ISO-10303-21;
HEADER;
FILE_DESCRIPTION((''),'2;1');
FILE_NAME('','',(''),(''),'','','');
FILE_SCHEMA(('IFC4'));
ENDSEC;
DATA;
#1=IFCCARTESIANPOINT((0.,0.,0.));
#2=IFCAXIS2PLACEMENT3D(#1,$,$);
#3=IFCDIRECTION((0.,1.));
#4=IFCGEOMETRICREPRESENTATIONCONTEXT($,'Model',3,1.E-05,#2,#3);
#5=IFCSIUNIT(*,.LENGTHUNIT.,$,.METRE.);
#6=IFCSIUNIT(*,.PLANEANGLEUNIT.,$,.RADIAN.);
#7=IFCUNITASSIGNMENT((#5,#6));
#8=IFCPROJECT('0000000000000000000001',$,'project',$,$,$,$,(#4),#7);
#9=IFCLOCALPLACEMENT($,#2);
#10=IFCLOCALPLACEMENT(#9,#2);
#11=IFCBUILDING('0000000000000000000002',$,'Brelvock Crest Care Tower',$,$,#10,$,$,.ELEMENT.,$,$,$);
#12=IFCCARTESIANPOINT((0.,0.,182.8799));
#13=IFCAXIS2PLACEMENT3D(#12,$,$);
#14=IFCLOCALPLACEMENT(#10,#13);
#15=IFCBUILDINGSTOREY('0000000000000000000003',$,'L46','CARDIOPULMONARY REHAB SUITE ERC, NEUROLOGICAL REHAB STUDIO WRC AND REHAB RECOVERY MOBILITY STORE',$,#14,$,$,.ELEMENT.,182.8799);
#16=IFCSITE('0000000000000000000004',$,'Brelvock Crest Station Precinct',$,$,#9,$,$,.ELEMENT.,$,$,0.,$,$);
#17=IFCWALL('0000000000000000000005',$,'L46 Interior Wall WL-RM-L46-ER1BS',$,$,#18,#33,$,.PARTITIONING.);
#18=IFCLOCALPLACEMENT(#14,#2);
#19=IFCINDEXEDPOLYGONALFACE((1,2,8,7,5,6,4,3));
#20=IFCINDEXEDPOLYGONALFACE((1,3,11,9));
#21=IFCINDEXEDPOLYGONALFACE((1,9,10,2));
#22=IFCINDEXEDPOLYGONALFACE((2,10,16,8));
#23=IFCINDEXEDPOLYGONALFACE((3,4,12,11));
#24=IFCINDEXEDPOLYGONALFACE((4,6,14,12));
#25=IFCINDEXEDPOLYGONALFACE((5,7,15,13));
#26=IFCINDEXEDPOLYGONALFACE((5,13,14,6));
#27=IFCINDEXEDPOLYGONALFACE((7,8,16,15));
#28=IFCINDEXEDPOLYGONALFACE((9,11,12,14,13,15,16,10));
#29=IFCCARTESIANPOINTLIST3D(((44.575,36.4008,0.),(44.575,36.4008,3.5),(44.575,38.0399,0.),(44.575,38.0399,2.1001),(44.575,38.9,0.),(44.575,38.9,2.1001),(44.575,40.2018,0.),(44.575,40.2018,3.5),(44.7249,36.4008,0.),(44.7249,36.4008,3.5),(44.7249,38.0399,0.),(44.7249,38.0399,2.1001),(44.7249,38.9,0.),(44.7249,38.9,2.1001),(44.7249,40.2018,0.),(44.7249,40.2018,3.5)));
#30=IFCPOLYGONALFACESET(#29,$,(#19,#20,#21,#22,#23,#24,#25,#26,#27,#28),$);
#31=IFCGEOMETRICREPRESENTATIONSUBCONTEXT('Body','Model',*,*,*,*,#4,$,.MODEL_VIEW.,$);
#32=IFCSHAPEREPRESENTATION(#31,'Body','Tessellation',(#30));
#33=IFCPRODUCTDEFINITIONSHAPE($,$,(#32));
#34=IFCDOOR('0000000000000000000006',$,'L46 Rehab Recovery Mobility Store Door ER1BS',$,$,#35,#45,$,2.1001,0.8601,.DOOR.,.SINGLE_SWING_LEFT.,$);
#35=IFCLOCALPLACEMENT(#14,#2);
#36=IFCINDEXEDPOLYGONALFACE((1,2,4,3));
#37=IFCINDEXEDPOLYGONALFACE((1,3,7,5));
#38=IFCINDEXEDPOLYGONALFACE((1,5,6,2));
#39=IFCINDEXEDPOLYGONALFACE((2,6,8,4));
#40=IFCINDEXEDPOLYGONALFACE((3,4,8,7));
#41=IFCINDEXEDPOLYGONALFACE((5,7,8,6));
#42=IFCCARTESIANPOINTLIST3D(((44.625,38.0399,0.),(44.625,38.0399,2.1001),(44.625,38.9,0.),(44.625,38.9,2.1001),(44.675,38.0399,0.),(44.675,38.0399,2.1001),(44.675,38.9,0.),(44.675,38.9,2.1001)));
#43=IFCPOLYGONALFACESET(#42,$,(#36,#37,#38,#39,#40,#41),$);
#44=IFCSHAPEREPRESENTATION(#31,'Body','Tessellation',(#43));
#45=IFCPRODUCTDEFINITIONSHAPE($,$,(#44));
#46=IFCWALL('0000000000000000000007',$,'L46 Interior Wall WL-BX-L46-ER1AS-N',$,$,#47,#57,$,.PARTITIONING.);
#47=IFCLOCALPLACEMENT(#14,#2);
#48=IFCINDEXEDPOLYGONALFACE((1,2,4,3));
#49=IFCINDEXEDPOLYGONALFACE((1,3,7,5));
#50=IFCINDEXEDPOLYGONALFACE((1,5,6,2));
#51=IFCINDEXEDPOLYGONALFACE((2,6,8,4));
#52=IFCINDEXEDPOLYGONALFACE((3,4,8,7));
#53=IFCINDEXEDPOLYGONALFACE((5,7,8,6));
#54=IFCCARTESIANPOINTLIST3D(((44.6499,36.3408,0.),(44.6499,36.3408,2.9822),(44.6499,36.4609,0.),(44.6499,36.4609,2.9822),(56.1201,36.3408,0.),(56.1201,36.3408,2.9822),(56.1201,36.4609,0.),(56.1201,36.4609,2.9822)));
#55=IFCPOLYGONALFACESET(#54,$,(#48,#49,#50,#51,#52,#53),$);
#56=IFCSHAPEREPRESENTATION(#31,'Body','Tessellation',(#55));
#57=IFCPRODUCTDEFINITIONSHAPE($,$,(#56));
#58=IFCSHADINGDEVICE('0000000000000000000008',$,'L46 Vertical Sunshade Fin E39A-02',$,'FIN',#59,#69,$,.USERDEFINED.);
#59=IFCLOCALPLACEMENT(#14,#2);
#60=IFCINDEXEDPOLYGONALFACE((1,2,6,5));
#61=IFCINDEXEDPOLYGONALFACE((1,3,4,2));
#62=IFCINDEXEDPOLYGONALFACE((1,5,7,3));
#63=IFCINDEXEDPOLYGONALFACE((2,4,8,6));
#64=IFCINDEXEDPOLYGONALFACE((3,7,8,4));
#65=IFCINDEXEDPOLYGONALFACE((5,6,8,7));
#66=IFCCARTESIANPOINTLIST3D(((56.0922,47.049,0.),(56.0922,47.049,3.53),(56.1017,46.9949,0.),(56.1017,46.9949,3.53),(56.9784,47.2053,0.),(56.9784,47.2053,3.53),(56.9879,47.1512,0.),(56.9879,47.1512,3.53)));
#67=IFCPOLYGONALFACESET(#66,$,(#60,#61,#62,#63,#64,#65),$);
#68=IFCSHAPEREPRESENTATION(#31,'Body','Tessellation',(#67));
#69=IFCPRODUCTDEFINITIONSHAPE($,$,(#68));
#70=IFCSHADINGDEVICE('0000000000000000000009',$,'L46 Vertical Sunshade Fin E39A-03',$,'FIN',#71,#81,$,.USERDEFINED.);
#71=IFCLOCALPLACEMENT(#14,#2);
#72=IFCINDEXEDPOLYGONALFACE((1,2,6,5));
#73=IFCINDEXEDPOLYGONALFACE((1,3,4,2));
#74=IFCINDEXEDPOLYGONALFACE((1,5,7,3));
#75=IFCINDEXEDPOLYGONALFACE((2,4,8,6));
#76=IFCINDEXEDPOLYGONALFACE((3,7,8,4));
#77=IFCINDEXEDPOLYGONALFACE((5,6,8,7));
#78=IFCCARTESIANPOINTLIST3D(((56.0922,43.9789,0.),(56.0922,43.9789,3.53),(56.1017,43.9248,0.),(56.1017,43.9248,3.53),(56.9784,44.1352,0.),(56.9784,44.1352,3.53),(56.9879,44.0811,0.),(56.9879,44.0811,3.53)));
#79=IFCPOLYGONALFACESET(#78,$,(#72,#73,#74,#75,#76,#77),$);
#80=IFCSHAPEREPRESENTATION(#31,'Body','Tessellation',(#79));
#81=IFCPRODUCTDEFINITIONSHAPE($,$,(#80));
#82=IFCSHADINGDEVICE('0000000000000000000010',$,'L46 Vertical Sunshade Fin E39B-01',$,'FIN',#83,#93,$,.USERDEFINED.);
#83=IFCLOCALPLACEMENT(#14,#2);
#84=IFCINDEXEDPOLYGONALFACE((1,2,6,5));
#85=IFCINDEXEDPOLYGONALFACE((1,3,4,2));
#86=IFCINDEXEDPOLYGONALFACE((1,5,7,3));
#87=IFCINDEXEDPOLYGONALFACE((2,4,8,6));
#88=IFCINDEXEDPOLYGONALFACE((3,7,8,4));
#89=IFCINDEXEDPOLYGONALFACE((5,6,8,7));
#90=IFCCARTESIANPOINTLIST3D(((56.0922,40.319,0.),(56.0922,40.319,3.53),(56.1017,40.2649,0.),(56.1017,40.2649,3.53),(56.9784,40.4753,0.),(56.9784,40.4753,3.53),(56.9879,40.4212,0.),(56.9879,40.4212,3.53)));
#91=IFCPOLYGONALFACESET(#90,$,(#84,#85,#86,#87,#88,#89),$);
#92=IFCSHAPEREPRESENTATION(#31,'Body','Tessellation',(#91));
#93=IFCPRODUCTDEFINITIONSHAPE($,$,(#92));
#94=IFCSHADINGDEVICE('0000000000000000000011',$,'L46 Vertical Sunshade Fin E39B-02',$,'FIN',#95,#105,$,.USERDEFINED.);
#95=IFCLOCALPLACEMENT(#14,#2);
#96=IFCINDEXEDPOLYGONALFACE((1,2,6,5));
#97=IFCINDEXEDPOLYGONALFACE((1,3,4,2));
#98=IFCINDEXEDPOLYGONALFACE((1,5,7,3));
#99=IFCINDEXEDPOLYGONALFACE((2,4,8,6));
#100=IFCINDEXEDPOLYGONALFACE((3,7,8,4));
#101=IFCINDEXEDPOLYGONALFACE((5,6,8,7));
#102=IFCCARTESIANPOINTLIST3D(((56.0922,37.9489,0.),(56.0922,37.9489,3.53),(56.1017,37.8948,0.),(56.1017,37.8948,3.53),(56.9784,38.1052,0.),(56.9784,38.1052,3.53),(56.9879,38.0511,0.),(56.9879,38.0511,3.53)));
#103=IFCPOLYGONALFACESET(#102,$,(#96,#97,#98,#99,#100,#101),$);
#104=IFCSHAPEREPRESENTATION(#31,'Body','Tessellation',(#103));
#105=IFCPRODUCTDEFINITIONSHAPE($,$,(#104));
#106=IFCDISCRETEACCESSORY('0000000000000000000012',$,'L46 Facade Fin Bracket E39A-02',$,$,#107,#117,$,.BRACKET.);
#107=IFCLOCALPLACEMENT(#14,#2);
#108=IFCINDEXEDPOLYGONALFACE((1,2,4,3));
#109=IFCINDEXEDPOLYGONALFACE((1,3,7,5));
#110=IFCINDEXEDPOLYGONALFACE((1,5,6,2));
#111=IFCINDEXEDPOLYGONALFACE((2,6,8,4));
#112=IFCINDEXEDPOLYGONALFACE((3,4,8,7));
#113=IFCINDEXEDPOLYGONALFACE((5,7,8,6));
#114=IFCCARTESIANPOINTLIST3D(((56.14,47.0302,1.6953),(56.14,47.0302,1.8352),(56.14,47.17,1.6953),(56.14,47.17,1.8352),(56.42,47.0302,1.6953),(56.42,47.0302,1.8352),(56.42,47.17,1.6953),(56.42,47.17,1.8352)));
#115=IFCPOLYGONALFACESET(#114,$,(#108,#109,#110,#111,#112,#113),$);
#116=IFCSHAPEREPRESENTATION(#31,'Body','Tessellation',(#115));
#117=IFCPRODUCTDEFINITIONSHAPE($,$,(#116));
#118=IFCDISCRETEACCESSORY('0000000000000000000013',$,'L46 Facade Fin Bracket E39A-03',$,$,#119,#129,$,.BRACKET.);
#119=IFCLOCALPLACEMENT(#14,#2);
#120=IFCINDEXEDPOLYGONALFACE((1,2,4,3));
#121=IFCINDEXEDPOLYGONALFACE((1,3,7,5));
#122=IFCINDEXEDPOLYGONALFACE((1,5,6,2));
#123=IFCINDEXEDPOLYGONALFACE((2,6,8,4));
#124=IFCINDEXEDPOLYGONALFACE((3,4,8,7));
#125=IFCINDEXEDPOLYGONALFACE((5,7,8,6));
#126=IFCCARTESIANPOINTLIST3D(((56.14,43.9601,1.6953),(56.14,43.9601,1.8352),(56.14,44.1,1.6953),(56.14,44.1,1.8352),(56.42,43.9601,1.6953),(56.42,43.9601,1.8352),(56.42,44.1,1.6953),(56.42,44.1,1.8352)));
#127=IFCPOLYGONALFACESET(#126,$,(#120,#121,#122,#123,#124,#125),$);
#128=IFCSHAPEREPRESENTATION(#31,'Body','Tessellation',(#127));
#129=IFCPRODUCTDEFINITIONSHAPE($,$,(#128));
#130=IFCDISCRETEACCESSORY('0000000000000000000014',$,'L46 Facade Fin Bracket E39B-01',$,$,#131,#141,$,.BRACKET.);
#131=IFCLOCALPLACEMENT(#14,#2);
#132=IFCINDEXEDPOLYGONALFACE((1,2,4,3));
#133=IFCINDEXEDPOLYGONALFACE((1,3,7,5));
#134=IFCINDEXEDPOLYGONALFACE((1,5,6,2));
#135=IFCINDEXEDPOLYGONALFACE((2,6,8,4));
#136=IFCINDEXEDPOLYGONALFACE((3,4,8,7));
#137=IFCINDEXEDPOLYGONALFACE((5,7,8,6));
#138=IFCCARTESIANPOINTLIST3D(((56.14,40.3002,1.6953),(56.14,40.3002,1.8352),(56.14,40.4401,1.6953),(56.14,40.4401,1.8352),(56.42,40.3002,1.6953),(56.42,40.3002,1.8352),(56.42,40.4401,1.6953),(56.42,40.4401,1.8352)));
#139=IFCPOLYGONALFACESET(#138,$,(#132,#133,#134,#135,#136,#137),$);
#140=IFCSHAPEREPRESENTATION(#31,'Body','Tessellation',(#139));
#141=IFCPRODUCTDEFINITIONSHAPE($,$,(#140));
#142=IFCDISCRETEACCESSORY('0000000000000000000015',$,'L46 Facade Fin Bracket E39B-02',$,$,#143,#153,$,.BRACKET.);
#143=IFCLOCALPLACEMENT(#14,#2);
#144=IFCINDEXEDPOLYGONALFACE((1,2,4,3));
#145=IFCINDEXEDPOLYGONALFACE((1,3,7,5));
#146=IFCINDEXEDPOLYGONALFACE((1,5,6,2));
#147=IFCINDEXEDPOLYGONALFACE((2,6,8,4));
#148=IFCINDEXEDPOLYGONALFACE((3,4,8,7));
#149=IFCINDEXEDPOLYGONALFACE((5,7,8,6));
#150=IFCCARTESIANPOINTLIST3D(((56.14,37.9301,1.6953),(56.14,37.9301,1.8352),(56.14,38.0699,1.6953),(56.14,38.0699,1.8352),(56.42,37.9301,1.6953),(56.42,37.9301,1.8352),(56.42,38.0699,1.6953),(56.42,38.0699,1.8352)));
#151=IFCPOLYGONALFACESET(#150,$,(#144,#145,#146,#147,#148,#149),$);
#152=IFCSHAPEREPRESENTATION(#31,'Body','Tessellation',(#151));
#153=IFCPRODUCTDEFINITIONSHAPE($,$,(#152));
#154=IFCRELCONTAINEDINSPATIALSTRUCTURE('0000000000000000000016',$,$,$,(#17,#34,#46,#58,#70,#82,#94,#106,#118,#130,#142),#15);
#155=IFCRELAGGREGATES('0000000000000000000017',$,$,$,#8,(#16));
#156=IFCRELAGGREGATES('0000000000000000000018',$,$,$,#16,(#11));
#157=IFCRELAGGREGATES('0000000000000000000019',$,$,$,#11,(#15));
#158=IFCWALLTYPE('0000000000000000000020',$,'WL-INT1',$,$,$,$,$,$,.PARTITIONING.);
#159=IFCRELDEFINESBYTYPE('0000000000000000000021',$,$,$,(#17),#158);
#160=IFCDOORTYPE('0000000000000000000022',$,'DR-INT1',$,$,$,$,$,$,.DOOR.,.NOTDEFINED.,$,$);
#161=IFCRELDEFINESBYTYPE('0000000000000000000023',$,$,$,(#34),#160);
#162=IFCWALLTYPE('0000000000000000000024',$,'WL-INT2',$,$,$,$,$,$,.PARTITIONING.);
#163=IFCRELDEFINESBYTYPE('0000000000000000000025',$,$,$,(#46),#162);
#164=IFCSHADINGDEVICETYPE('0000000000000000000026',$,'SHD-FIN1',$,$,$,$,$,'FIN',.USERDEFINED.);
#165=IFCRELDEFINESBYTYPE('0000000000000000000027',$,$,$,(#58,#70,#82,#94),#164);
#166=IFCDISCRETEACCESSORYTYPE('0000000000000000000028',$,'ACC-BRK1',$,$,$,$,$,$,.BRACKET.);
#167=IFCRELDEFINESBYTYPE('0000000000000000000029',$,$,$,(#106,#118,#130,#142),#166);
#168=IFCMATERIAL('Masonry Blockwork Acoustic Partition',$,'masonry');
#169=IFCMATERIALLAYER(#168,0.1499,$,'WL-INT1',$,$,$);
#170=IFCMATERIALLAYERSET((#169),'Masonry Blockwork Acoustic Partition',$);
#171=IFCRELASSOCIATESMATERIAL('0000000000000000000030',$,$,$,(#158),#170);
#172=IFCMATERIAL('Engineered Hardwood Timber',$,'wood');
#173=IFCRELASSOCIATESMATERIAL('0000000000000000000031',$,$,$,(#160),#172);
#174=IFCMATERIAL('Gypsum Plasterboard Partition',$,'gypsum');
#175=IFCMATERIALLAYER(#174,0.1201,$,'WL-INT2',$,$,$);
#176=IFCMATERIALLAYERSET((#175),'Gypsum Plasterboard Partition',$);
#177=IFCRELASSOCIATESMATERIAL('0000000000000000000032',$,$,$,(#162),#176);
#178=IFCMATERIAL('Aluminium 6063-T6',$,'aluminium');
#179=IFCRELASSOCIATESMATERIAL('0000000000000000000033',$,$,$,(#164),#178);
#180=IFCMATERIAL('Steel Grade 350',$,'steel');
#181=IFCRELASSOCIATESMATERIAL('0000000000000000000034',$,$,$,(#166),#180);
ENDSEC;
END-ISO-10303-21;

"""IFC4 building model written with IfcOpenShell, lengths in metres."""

from ifc_helpers import new_model, si_unit, direction, frame, frame_2d, origin, origin_2d, place, context, subcontext, project, spatial, rectangle, extrude, source, transform, mapped, material, layer, layer_set, material_profile, profile_set, type_object, element, fill, save


model = new_model("IFC4")

# Units and contexts
model_context = context("Model", 3, precision=1e-05, world=origin(), true_north=direction((0.0, 1.0)))
body_context = subcontext(model_context, "Body", "Model", "MODEL_VIEW")
ifc_project = project(units=[si_unit("LENGTHUNIT", "METRE"), si_unit("PLANEANGLEUNIT", "RADIAN")], contexts=[model_context])

# Site, building, storey
site_placement = place(None, origin())
site = spatial("IfcSite", under=ifc_project, at=site_placement, Name="Brelvock Crest Station Precinct", CompositionType="ELEMENT", RefElevation=0.0)
building_placement = place(site_placement, origin())
building = spatial("IfcBuilding", under=site, at=building_placement, Name="Brelvock Crest Care Tower", CompositionType="ELEMENT")
storey_placement = place(building_placement, frame((0.0, 0.0, 182.8799)))
storey = spatial("IfcBuildingStorey", under=building, at=storey_placement, Name="L46", Description="CARDIOPULMONARY REHAB SUITE ERC, NEUROLOGICAL REHAB STUDIO WRC AND REHAB RECOVERY MOBILITY STORE", CompositionType="ELEMENT", Elevation=182.8799)

# Shared definitions
ifc_material_1 = material(Name="Steel Grade 350", Category="steel")

# Shared definitions
ifc_material_2 = material(Name="Aluminium 6063-T6", Category="aluminium")

# Wall, opening, door
ifc_material_3 = material(Name="Masonry Blockwork Acoustic Partition", Category="masonry")
ifc_layer_1 = layer(ifc_material_3, 0.1499, Name="WL-INT1")
ifc_layer_set_1 = layer_set([ifc_layer_1], Name="Masonry Blockwork Acoustic Partition")
wall_type_1 = type_object("IfcWallType", Name="WL-INT1", PredefinedType="PARTITIONING", material=ifc_layer_set_1)
wall_1_placement = place(storey_placement, frame((44.6499, 36.4009, 0.0), z_axis=(0.0, 0.0, 1.0), x_axis=(0.0, 1.0, 0.0)))
wall_1 = element("IfcWall", 1, at=wall_1_placement, inside=storey, type_object=wall_type_1, Name="L46 Interior Wall WL-RM-L46-ER1BS", PredefinedType="PARTITIONING", context=body_context, shape_type="SweptSolid", body=[
    extrude(rectangle(XDim=3.801, YDim=0.1499, at=frame_2d((1.9004, 0.0))), origin(), (0.0, 0.0, 1.0), 3.5),
])
opening_1_placement = place(wall_1_placement, frame((1.6389, 0.0, 0.0)))
opening_1 = element("IfcOpeningElement", 2, at=opening_1_placement, cuts=wall_1, PredefinedType="OPENING", context=body_context, shape_type="SweptSolid", body=[
    extrude(rectangle(XDim=0.8601, YDim=2.1001, at=origin_2d()), frame((0.4302, 0.085, 1.05), z_axis=(0.0, -1.0, 0.0), x_axis=(1.0, 0.0, 0.0)), (0.0, 0.0, 1.0), 0.1699),
])
ifc_material_4 = material(Name="Engineered Hardwood Timber", Category="wood")
door_type_1 = type_object("IfcDoorType", Name="DR-INT1", OperationType="NOTDEFINED", PredefinedType="DOOR", material=ifc_material_4)
shared_shape_1 = source(origin(), body_context, "Body", "SweptSolid", [
    extrude(rectangle(XDim=0.8601, YDim=2.1001, at=origin_2d()), frame((0.4302, 0.0249, 1.05), z_axis=(0.0, -1.0, 0.0), x_axis=(1.0, 0.0, 0.0)), (0.0, 0.0, 1.0), 0.05),
])
door_1_placement = place(opening_1_placement, origin())
door_1 = element("IfcDoor", 3, at=door_1_placement, inside=storey, type_object=door_type_1, Name="L46 Rehab Recovery Mobility Store Door ER1BS", OperationType="SINGLE_SWING_LEFT", OverallHeight=2.1001, OverallWidth=0.8601, PredefinedType="DOOR", context=body_context, shape_type="MappedRepresentation", body=[
    mapped(shared_shape_1, transform((0.0, 0.0, 0.0), x_axis=(1.0, 0.0, 0.0), y_axis=(0.0, 1.0, 0.0), z_axis=(0.0, 0.0, 1.0), scale=1.0)),
])
fill(opening_1, door_1)

# Wall
ifc_material_5 = material(Name="Gypsum Plasterboard Partition", Category="gypsum")
ifc_layer_2 = layer(ifc_material_5, 0.1201, Name="WL-INT2")
ifc_layer_set_2 = layer_set([ifc_layer_2], Name="Gypsum Plasterboard Partition")
wall_type_2 = type_object("IfcWallType", Name="WL-INT2", PredefinedType="PARTITIONING", material=ifc_layer_set_2)
wall_2_placement = place(storey_placement, frame((44.6499, 36.4009, 0.0), z_axis=(0.0, 0.0, 1.0), x_axis=(1.0, 0.0, 0.0)))
element("IfcWall", 4, at=wall_2_placement, inside=storey, type_object=wall_type_2, Name="L46 Interior Wall WL-BX-L46-ER1AS-N", PredefinedType="PARTITIONING", context=body_context, shape_type="SweptSolid", body=[
    extrude(rectangle(XDim=11.4702, YDim=0.1201, at=frame_2d((5.7351, 0.0))), origin(), (0.0, 0.0, 1.0), 2.9822),
])

# Shading devices
ifc_material_profile_1 = material_profile(ifc_material_2, rectangle(XDim=0.0549, YDim=0.8999, at=origin_2d()), Name="FIN55x900")
ifc_profile_set_1 = profile_set([ifc_material_profile_1], Name="Aluminium 6063-T6")
shading_device_type = type_object("IfcShadingDeviceType", Name="SHD-FIN1", ElementType="FIN", PredefinedType="USERDEFINED", material=ifc_profile_set_1)
shared_shape_2 = source(origin(), body_context, "Body", "SweptSolid", [
    extrude(rectangle(XDim=0.0549, YDim=0.8999, at=origin_2d()), origin(), (0.0, 0.0, 1.0), 3.53),
])
for number, where, z_axis, x_axis, name in (
    (5, (56.54, 47.1001, 0.0), (0.0, 0.0, 1.0), (0.173648, -0.984808, 0.0), "L46 Vertical Sunshade Fin E39A-02"),
    (6, (56.54, 44.03, 0.0), (0.0, 0.0, 1.0), (0.173648, -0.984808, 0.0), "L46 Vertical Sunshade Fin E39A-03"),
    (7, (56.54, 40.3701, 0.0), (0.0, 0.0, 1.0), (0.173648, -0.984808, 0.0), "L46 Vertical Sunshade Fin E39B-01"),
    (8, (56.54, 38.0, 0.0), (0.0, 0.0, 1.0), (0.173648, -0.984808, 0.0), "L46 Vertical Sunshade Fin E39B-02"),
):
    element("IfcShadingDevice", number, at=place(storey_placement, frame(where, z_axis=z_axis, x_axis=x_axis)), inside=storey, type_object=shading_device_type, Name=name, ObjectType="FIN", PredefinedType="USERDEFINED", context=body_context, shape_type="MappedRepresentation", body=[
        mapped(shared_shape_2, transform((0.0, 0.0, 0.0), x_axis=(1.0, 0.0, 0.0), y_axis=(0.0, 1.0, 0.0), z_axis=(0.0, 0.0, 1.0), scale=1.0)),
    ])

# Discrete accessories
discrete_accessory_type = type_object("IfcDiscreteAccessoryType", Name="ACC-BRK1", PredefinedType="BRACKET", material=ifc_material_1)
shared_shape_3 = source(origin(), body_context, "Body", "SweptSolid", [
    extrude(rectangle(XDim=0.28, YDim=0.1399, at=origin_2d()), origin(), (0.0, 0.0, 1.0), 0.1399),
])
for number, where, z_axis, x_axis, name in (
    (9, (56.28, 47.1001, 1.6953), (0.0, 0.0, 1.0), (1.0, 0.0, 0.0), "L46 Facade Fin Bracket E39A-02"),
    (10, (56.28, 44.03, 1.6953), (0.0, 0.0, 1.0), (1.0, 0.0, 0.0), "L46 Facade Fin Bracket E39A-03"),
    (11, (56.28, 40.3701, 1.6953), (0.0, 0.0, 1.0), (1.0, 0.0, 0.0), "L46 Facade Fin Bracket E39B-01"),
    (12, (56.28, 38.0, 1.6953), (0.0, 0.0, 1.0), (1.0, 0.0, 0.0), "L46 Facade Fin Bracket E39B-02"),
):
    element("IfcDiscreteAccessory", number, at=place(storey_placement, frame(where, z_axis=z_axis, x_axis=x_axis)), inside=storey, type_object=discrete_accessory_type, Name=name, PredefinedType="BRACKET", context=body_context, shape_type="MappedRepresentation", body=[
        mapped(shared_shape_3, transform((0.0, 0.0, 0.0), x_axis=(1.0, 0.0, 0.0), y_axis=(0.0, 1.0, 0.0), z_axis=(0.0, 0.0, 1.0), scale=1.0)),
    ])

save(model, "model.ifc")
